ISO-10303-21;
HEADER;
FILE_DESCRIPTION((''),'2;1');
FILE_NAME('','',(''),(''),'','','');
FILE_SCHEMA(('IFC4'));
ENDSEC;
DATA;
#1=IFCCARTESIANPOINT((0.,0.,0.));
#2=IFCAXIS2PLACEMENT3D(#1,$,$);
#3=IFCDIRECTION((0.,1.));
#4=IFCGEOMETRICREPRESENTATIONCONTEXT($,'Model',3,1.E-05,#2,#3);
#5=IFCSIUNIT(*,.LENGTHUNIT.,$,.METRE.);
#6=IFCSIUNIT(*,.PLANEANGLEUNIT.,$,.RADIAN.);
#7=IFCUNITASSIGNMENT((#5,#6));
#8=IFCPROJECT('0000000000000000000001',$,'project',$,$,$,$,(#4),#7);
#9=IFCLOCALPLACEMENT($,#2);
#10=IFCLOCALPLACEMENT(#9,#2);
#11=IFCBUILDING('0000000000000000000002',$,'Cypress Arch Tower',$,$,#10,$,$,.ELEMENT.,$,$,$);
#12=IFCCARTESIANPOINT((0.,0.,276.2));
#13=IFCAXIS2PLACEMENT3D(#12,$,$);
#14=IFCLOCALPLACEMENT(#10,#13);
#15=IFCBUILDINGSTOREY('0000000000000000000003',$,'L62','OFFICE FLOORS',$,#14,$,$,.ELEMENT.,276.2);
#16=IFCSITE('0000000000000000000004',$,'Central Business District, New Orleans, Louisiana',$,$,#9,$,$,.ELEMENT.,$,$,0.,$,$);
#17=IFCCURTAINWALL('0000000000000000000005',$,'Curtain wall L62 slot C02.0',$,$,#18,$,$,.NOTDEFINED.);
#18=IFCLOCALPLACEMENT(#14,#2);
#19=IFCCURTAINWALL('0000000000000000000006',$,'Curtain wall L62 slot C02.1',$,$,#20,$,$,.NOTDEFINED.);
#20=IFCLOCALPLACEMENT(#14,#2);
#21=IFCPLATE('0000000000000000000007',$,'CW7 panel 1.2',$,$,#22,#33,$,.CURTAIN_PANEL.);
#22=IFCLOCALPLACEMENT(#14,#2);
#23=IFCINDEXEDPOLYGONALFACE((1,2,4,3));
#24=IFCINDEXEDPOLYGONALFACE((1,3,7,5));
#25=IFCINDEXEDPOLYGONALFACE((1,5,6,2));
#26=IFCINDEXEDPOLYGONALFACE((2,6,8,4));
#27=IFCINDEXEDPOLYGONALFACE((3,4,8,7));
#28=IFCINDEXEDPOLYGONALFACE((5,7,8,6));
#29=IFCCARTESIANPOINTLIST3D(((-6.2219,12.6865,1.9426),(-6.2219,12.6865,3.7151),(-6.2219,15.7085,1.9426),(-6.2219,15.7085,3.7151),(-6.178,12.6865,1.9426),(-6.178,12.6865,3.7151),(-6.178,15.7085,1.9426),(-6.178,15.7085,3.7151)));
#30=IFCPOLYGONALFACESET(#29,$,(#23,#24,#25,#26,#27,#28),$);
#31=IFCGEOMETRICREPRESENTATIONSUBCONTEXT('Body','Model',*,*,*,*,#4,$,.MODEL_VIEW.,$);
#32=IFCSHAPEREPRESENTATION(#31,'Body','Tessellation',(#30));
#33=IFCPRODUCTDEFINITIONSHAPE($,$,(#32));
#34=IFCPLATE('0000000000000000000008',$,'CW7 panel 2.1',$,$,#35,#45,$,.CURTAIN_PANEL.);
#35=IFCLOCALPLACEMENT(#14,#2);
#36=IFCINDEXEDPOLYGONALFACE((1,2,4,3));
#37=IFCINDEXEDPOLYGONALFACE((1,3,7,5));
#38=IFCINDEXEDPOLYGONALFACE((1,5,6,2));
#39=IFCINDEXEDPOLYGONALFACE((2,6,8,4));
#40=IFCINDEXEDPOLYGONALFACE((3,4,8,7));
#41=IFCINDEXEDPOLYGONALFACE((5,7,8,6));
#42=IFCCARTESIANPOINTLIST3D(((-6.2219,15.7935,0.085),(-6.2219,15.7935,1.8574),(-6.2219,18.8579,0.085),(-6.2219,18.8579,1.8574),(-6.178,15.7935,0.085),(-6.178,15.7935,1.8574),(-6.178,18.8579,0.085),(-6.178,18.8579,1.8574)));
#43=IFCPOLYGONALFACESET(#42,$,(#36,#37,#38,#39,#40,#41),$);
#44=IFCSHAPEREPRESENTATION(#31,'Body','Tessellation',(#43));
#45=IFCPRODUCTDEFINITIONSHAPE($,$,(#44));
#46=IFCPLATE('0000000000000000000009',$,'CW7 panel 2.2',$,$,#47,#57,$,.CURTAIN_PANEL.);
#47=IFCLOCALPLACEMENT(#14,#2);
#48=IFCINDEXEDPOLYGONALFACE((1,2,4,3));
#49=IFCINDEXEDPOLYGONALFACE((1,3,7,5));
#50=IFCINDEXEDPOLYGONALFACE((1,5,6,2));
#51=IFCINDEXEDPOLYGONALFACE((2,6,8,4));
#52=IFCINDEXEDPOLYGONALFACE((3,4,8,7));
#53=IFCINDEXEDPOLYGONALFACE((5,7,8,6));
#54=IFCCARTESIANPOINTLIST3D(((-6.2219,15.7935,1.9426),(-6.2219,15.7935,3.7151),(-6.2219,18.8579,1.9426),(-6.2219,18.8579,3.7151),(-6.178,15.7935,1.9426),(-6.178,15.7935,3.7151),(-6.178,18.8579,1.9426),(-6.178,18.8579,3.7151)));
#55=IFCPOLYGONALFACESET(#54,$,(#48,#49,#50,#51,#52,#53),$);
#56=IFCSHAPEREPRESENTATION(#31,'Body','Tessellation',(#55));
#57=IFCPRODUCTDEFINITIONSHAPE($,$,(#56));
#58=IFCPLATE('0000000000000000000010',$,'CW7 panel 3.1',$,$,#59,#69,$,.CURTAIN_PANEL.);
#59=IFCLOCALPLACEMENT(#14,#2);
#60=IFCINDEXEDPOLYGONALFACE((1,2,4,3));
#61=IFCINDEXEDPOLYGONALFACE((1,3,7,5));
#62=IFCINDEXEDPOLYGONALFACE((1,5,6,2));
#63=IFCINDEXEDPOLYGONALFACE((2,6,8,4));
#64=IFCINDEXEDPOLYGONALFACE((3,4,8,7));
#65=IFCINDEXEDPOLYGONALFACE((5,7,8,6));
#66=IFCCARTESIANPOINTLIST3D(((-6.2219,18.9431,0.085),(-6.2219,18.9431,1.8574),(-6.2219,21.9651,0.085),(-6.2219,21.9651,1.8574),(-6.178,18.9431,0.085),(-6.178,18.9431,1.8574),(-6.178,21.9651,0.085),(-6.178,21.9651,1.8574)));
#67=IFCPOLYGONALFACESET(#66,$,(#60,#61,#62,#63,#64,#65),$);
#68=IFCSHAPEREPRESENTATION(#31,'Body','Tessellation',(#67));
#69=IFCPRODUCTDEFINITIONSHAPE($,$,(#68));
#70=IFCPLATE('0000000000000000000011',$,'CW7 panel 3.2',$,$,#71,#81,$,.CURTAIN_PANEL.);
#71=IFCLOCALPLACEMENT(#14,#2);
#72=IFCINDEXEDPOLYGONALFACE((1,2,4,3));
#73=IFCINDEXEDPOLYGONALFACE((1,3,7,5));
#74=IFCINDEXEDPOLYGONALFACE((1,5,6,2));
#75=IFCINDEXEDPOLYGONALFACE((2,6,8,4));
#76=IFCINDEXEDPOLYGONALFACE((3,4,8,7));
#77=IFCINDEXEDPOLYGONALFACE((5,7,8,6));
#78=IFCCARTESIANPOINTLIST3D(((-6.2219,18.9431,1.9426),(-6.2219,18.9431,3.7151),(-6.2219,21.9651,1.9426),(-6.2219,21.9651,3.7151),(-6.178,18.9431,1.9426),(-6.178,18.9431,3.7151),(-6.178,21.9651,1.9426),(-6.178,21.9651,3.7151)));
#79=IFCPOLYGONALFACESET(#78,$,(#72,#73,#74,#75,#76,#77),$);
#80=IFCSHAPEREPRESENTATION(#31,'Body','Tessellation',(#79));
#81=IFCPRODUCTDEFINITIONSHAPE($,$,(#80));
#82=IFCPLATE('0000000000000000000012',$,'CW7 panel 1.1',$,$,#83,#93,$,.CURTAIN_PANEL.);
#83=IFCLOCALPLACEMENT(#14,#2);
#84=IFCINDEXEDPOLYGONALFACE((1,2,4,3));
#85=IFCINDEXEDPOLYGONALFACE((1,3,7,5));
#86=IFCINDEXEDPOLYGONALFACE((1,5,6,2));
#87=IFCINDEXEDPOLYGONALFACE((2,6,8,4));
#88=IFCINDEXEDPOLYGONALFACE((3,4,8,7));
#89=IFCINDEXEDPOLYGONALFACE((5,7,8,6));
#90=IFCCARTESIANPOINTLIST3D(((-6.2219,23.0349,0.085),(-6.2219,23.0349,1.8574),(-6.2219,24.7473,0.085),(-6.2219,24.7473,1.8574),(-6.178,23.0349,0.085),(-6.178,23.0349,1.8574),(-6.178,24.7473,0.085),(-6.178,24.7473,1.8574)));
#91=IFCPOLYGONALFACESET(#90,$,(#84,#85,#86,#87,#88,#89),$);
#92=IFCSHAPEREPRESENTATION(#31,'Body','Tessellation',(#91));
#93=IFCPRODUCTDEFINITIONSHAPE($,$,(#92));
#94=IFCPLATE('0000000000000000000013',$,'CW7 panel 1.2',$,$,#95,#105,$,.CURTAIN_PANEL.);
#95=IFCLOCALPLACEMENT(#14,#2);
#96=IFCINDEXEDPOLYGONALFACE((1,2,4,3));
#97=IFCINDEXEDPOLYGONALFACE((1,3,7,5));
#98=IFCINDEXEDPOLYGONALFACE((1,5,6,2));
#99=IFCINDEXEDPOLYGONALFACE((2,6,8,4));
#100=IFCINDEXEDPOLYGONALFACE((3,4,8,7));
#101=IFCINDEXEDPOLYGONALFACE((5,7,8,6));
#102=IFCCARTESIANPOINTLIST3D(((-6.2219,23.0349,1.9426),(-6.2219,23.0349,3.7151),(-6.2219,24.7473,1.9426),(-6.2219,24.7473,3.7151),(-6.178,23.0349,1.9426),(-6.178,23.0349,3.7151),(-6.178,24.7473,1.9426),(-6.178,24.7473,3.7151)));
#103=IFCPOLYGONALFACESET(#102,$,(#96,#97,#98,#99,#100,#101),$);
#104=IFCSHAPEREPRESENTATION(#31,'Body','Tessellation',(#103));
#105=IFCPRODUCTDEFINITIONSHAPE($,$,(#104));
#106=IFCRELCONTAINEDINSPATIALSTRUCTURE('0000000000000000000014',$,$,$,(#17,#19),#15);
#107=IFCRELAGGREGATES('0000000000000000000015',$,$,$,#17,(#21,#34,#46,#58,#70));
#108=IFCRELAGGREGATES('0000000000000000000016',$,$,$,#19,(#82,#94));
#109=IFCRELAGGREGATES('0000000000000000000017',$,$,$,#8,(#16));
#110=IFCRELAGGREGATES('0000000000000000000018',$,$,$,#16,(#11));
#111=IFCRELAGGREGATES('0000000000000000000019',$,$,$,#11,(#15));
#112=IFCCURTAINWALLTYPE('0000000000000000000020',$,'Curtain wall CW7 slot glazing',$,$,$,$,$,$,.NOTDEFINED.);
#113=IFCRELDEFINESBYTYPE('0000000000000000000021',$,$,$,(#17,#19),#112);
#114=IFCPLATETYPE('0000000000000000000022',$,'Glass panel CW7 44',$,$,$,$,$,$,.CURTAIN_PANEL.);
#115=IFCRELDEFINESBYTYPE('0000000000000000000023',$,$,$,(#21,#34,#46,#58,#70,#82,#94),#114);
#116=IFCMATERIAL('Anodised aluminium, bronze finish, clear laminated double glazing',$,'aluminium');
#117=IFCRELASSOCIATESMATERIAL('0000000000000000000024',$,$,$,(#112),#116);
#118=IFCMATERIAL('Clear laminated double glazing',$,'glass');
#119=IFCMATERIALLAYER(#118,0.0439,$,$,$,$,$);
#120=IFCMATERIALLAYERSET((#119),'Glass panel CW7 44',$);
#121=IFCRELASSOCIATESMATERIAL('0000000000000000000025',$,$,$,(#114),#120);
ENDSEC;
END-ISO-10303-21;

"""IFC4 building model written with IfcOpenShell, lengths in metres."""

from ifc_helpers import new_model, si_unit, direction, frame, origin, origin_2d, place, context, subcontext, project, spatial, rectangle, extrude, material, layer, layer_set, type_object, element, aggregate, save


model = new_model("IFC4")

# Units and contexts
model_context = context("Model", 3, precision=1e-05, world=origin(), true_north=direction((0.0, 1.0)))
body_context = subcontext(model_context, "Body", "Model", "MODEL_VIEW")
ifc_project = project(units=[si_unit("LENGTHUNIT", "METRE"), si_unit("PLANEANGLEUNIT", "RADIAN")], contexts=[model_context])

# Site, building, storey
site_placement = place(None, origin())
site = spatial("IfcSite", under=ifc_project, at=site_placement, Name="Central Business District, New Orleans, Louisiana", CompositionType="ELEMENT", RefElevation=0.0)
building_placement = place(site_placement, origin())
building = spatial("IfcBuilding", under=site, at=building_placement, Name="Cypress Arch Tower", CompositionType="ELEMENT")
storey_placement = place(building_placement, frame((0.0, 0.0, 276.2)))
storey = spatial("IfcBuildingStorey", under=building, at=storey_placement, Name="L62", Description="OFFICE FLOORS", CompositionType="ELEMENT", Elevation=276.2)

# Shared definitions
ifc_material_1 = material(Name="Anodised aluminium, bronze finish, clear laminated double glazing", Category="aluminium")
curtain_wall_type = type_object("IfcCurtainWallType", Name="Curtain wall CW7 slot glazing", PredefinedType="NOTDEFINED", material=ifc_material_1)

# Curtain walls
curtain_wall_1_placement = place(storey_placement, origin())
curtain_wall_1 = element("IfcCurtainWall", 1, at=curtain_wall_1_placement, inside=storey, type_object=curtain_wall_type, Name="Curtain wall L62 slot C02.0", PredefinedType="NOTDEFINED")
curtain_wall_2_placement = place(storey_placement, origin())
curtain_wall_2 = element("IfcCurtainWall", 2, at=curtain_wall_2_placement, inside=storey, type_object=curtain_wall_type, Name="Curtain wall L62 slot C02.1", PredefinedType="NOTDEFINED")

# Plates
ifc_material_2 = material(Name="Clear laminated double glazing", Category="glass")
ifc_layer = layer(ifc_material_2, 0.0439)
ifc_layer_set = layer_set([ifc_layer], Name="Glass panel CW7 44")
plate_type = type_object("IfcPlateType", Name="Glass panel CW7 44", PredefinedType="CURTAIN_PANEL", material=ifc_layer_set)
plate_1_placement = place(storey_placement, frame((-6.2, 14.1975, 1.9426), z_axis=(0.0, 0.0, 1.0), x_axis=(0.0, 1.0, 0.0)))
plate_1 = element("IfcPlate", 3, at=plate_1_placement, type_object=plate_type, Name="CW7 panel 1.2", PredefinedType="CURTAIN_PANEL", context=body_context, shape_type="SweptSolid", body=[
    extrude(rectangle(XDim=3.022, YDim=0.0439, at=origin_2d()), origin(), (0.0, 0.0, 1.0), 1.7725),
])
plate_2_placement = place(storey_placement, frame((-6.2, 17.3257, 0.085), z_axis=(0.0, 0.0, 1.0), x_axis=(0.0, 1.0, 0.0)))
plate_2 = element("IfcPlate", 4, at=plate_2_placement, type_object=plate_type, Name="CW7 panel 2.1", PredefinedType="CURTAIN_PANEL", context=body_context, shape_type="SweptSolid", body=[
    extrude(rectangle(XDim=3.0645, YDim=0.0439, at=origin_2d()), origin(), (0.0, 0.0, 1.0), 1.7725),
])
plate_3_placement = place(storey_placement, frame((-6.2, 17.3257, 1.9426), z_axis=(0.0, 0.0, 1.0), x_axis=(0.0, 1.0, 0.0)))
plate_3 = element("IfcPlate", 5, at=plate_3_placement, type_object=plate_type, Name="CW7 panel 2.2", PredefinedType="CURTAIN_PANEL", context=body_context, shape_type="SweptSolid", body=[
    extrude(rectangle(XDim=3.0645, YDim=0.0439, at=origin_2d()), origin(), (0.0, 0.0, 1.0), 1.7725),
])
plate_4_placement = place(storey_placement, frame((-6.2, 20.4541, 0.085), z_axis=(0.0, 0.0, 1.0), x_axis=(0.0, 1.0, 0.0)))
plate_4 = element("IfcPlate", 6, at=plate_4_placement, type_object=plate_type, Name="CW7 panel 3.1", PredefinedType="CURTAIN_PANEL", context=body_context, shape_type="SweptSolid", body=[
    extrude(rectangle(XDim=3.022, YDim=0.0439, at=origin_2d()), origin(), (0.0, 0.0, 1.0), 1.7725),
])
plate_5_placement = place(storey_placement, frame((-6.2, 20.4541, 1.9426), z_axis=(0.0, 0.0, 1.0), x_axis=(0.0, 1.0, 0.0)))
plate_5 = element("IfcPlate", 7, at=plate_5_placement, type_object=plate_type, Name="CW7 panel 3.2", PredefinedType="CURTAIN_PANEL", context=body_context, shape_type="SweptSolid", body=[
    extrude(rectangle(XDim=3.022, YDim=0.0439, at=origin_2d()), origin(), (0.0, 0.0, 1.0), 1.7725),
])
aggregate(curtain_wall_1, [plate_1, plate_2, plate_3, plate_4, plate_5])
plate_6_placement = place(storey_placement, frame((-6.2, 23.8911, 0.085), z_axis=(0.0, 0.0, 1.0), x_axis=(0.0, 1.0, 0.0)))
plate_6 = element("IfcPlate", 8, at=plate_6_placement, type_object=plate_type, Name="CW7 panel 1.1", PredefinedType="CURTAIN_PANEL", context=body_context, shape_type="SweptSolid", body=[
    extrude(rectangle(XDim=1.7124, YDim=0.0439, at=origin_2d()), origin(), (0.0, 0.0, 1.0), 1.7725),
])
plate_7_placement = place(storey_placement, frame((-6.2, 23.8911, 1.9426), z_axis=(0.0, 0.0, 1.0), x_axis=(0.0, 1.0, 0.0)))
plate_7 = element("IfcPlate", 9, at=plate_7_placement, type_object=plate_type, Name="CW7 panel 1.2", PredefinedType="CURTAIN_PANEL", context=body_context, shape_type="SweptSolid", body=[
    extrude(rectangle(XDim=1.7124, YDim=0.0439, at=origin_2d()), origin(), (0.0, 0.0, 1.0), 1.7725),
])
aggregate(curtain_wall_2, [plate_6, plate_7])

save(model, "model.ifc")
